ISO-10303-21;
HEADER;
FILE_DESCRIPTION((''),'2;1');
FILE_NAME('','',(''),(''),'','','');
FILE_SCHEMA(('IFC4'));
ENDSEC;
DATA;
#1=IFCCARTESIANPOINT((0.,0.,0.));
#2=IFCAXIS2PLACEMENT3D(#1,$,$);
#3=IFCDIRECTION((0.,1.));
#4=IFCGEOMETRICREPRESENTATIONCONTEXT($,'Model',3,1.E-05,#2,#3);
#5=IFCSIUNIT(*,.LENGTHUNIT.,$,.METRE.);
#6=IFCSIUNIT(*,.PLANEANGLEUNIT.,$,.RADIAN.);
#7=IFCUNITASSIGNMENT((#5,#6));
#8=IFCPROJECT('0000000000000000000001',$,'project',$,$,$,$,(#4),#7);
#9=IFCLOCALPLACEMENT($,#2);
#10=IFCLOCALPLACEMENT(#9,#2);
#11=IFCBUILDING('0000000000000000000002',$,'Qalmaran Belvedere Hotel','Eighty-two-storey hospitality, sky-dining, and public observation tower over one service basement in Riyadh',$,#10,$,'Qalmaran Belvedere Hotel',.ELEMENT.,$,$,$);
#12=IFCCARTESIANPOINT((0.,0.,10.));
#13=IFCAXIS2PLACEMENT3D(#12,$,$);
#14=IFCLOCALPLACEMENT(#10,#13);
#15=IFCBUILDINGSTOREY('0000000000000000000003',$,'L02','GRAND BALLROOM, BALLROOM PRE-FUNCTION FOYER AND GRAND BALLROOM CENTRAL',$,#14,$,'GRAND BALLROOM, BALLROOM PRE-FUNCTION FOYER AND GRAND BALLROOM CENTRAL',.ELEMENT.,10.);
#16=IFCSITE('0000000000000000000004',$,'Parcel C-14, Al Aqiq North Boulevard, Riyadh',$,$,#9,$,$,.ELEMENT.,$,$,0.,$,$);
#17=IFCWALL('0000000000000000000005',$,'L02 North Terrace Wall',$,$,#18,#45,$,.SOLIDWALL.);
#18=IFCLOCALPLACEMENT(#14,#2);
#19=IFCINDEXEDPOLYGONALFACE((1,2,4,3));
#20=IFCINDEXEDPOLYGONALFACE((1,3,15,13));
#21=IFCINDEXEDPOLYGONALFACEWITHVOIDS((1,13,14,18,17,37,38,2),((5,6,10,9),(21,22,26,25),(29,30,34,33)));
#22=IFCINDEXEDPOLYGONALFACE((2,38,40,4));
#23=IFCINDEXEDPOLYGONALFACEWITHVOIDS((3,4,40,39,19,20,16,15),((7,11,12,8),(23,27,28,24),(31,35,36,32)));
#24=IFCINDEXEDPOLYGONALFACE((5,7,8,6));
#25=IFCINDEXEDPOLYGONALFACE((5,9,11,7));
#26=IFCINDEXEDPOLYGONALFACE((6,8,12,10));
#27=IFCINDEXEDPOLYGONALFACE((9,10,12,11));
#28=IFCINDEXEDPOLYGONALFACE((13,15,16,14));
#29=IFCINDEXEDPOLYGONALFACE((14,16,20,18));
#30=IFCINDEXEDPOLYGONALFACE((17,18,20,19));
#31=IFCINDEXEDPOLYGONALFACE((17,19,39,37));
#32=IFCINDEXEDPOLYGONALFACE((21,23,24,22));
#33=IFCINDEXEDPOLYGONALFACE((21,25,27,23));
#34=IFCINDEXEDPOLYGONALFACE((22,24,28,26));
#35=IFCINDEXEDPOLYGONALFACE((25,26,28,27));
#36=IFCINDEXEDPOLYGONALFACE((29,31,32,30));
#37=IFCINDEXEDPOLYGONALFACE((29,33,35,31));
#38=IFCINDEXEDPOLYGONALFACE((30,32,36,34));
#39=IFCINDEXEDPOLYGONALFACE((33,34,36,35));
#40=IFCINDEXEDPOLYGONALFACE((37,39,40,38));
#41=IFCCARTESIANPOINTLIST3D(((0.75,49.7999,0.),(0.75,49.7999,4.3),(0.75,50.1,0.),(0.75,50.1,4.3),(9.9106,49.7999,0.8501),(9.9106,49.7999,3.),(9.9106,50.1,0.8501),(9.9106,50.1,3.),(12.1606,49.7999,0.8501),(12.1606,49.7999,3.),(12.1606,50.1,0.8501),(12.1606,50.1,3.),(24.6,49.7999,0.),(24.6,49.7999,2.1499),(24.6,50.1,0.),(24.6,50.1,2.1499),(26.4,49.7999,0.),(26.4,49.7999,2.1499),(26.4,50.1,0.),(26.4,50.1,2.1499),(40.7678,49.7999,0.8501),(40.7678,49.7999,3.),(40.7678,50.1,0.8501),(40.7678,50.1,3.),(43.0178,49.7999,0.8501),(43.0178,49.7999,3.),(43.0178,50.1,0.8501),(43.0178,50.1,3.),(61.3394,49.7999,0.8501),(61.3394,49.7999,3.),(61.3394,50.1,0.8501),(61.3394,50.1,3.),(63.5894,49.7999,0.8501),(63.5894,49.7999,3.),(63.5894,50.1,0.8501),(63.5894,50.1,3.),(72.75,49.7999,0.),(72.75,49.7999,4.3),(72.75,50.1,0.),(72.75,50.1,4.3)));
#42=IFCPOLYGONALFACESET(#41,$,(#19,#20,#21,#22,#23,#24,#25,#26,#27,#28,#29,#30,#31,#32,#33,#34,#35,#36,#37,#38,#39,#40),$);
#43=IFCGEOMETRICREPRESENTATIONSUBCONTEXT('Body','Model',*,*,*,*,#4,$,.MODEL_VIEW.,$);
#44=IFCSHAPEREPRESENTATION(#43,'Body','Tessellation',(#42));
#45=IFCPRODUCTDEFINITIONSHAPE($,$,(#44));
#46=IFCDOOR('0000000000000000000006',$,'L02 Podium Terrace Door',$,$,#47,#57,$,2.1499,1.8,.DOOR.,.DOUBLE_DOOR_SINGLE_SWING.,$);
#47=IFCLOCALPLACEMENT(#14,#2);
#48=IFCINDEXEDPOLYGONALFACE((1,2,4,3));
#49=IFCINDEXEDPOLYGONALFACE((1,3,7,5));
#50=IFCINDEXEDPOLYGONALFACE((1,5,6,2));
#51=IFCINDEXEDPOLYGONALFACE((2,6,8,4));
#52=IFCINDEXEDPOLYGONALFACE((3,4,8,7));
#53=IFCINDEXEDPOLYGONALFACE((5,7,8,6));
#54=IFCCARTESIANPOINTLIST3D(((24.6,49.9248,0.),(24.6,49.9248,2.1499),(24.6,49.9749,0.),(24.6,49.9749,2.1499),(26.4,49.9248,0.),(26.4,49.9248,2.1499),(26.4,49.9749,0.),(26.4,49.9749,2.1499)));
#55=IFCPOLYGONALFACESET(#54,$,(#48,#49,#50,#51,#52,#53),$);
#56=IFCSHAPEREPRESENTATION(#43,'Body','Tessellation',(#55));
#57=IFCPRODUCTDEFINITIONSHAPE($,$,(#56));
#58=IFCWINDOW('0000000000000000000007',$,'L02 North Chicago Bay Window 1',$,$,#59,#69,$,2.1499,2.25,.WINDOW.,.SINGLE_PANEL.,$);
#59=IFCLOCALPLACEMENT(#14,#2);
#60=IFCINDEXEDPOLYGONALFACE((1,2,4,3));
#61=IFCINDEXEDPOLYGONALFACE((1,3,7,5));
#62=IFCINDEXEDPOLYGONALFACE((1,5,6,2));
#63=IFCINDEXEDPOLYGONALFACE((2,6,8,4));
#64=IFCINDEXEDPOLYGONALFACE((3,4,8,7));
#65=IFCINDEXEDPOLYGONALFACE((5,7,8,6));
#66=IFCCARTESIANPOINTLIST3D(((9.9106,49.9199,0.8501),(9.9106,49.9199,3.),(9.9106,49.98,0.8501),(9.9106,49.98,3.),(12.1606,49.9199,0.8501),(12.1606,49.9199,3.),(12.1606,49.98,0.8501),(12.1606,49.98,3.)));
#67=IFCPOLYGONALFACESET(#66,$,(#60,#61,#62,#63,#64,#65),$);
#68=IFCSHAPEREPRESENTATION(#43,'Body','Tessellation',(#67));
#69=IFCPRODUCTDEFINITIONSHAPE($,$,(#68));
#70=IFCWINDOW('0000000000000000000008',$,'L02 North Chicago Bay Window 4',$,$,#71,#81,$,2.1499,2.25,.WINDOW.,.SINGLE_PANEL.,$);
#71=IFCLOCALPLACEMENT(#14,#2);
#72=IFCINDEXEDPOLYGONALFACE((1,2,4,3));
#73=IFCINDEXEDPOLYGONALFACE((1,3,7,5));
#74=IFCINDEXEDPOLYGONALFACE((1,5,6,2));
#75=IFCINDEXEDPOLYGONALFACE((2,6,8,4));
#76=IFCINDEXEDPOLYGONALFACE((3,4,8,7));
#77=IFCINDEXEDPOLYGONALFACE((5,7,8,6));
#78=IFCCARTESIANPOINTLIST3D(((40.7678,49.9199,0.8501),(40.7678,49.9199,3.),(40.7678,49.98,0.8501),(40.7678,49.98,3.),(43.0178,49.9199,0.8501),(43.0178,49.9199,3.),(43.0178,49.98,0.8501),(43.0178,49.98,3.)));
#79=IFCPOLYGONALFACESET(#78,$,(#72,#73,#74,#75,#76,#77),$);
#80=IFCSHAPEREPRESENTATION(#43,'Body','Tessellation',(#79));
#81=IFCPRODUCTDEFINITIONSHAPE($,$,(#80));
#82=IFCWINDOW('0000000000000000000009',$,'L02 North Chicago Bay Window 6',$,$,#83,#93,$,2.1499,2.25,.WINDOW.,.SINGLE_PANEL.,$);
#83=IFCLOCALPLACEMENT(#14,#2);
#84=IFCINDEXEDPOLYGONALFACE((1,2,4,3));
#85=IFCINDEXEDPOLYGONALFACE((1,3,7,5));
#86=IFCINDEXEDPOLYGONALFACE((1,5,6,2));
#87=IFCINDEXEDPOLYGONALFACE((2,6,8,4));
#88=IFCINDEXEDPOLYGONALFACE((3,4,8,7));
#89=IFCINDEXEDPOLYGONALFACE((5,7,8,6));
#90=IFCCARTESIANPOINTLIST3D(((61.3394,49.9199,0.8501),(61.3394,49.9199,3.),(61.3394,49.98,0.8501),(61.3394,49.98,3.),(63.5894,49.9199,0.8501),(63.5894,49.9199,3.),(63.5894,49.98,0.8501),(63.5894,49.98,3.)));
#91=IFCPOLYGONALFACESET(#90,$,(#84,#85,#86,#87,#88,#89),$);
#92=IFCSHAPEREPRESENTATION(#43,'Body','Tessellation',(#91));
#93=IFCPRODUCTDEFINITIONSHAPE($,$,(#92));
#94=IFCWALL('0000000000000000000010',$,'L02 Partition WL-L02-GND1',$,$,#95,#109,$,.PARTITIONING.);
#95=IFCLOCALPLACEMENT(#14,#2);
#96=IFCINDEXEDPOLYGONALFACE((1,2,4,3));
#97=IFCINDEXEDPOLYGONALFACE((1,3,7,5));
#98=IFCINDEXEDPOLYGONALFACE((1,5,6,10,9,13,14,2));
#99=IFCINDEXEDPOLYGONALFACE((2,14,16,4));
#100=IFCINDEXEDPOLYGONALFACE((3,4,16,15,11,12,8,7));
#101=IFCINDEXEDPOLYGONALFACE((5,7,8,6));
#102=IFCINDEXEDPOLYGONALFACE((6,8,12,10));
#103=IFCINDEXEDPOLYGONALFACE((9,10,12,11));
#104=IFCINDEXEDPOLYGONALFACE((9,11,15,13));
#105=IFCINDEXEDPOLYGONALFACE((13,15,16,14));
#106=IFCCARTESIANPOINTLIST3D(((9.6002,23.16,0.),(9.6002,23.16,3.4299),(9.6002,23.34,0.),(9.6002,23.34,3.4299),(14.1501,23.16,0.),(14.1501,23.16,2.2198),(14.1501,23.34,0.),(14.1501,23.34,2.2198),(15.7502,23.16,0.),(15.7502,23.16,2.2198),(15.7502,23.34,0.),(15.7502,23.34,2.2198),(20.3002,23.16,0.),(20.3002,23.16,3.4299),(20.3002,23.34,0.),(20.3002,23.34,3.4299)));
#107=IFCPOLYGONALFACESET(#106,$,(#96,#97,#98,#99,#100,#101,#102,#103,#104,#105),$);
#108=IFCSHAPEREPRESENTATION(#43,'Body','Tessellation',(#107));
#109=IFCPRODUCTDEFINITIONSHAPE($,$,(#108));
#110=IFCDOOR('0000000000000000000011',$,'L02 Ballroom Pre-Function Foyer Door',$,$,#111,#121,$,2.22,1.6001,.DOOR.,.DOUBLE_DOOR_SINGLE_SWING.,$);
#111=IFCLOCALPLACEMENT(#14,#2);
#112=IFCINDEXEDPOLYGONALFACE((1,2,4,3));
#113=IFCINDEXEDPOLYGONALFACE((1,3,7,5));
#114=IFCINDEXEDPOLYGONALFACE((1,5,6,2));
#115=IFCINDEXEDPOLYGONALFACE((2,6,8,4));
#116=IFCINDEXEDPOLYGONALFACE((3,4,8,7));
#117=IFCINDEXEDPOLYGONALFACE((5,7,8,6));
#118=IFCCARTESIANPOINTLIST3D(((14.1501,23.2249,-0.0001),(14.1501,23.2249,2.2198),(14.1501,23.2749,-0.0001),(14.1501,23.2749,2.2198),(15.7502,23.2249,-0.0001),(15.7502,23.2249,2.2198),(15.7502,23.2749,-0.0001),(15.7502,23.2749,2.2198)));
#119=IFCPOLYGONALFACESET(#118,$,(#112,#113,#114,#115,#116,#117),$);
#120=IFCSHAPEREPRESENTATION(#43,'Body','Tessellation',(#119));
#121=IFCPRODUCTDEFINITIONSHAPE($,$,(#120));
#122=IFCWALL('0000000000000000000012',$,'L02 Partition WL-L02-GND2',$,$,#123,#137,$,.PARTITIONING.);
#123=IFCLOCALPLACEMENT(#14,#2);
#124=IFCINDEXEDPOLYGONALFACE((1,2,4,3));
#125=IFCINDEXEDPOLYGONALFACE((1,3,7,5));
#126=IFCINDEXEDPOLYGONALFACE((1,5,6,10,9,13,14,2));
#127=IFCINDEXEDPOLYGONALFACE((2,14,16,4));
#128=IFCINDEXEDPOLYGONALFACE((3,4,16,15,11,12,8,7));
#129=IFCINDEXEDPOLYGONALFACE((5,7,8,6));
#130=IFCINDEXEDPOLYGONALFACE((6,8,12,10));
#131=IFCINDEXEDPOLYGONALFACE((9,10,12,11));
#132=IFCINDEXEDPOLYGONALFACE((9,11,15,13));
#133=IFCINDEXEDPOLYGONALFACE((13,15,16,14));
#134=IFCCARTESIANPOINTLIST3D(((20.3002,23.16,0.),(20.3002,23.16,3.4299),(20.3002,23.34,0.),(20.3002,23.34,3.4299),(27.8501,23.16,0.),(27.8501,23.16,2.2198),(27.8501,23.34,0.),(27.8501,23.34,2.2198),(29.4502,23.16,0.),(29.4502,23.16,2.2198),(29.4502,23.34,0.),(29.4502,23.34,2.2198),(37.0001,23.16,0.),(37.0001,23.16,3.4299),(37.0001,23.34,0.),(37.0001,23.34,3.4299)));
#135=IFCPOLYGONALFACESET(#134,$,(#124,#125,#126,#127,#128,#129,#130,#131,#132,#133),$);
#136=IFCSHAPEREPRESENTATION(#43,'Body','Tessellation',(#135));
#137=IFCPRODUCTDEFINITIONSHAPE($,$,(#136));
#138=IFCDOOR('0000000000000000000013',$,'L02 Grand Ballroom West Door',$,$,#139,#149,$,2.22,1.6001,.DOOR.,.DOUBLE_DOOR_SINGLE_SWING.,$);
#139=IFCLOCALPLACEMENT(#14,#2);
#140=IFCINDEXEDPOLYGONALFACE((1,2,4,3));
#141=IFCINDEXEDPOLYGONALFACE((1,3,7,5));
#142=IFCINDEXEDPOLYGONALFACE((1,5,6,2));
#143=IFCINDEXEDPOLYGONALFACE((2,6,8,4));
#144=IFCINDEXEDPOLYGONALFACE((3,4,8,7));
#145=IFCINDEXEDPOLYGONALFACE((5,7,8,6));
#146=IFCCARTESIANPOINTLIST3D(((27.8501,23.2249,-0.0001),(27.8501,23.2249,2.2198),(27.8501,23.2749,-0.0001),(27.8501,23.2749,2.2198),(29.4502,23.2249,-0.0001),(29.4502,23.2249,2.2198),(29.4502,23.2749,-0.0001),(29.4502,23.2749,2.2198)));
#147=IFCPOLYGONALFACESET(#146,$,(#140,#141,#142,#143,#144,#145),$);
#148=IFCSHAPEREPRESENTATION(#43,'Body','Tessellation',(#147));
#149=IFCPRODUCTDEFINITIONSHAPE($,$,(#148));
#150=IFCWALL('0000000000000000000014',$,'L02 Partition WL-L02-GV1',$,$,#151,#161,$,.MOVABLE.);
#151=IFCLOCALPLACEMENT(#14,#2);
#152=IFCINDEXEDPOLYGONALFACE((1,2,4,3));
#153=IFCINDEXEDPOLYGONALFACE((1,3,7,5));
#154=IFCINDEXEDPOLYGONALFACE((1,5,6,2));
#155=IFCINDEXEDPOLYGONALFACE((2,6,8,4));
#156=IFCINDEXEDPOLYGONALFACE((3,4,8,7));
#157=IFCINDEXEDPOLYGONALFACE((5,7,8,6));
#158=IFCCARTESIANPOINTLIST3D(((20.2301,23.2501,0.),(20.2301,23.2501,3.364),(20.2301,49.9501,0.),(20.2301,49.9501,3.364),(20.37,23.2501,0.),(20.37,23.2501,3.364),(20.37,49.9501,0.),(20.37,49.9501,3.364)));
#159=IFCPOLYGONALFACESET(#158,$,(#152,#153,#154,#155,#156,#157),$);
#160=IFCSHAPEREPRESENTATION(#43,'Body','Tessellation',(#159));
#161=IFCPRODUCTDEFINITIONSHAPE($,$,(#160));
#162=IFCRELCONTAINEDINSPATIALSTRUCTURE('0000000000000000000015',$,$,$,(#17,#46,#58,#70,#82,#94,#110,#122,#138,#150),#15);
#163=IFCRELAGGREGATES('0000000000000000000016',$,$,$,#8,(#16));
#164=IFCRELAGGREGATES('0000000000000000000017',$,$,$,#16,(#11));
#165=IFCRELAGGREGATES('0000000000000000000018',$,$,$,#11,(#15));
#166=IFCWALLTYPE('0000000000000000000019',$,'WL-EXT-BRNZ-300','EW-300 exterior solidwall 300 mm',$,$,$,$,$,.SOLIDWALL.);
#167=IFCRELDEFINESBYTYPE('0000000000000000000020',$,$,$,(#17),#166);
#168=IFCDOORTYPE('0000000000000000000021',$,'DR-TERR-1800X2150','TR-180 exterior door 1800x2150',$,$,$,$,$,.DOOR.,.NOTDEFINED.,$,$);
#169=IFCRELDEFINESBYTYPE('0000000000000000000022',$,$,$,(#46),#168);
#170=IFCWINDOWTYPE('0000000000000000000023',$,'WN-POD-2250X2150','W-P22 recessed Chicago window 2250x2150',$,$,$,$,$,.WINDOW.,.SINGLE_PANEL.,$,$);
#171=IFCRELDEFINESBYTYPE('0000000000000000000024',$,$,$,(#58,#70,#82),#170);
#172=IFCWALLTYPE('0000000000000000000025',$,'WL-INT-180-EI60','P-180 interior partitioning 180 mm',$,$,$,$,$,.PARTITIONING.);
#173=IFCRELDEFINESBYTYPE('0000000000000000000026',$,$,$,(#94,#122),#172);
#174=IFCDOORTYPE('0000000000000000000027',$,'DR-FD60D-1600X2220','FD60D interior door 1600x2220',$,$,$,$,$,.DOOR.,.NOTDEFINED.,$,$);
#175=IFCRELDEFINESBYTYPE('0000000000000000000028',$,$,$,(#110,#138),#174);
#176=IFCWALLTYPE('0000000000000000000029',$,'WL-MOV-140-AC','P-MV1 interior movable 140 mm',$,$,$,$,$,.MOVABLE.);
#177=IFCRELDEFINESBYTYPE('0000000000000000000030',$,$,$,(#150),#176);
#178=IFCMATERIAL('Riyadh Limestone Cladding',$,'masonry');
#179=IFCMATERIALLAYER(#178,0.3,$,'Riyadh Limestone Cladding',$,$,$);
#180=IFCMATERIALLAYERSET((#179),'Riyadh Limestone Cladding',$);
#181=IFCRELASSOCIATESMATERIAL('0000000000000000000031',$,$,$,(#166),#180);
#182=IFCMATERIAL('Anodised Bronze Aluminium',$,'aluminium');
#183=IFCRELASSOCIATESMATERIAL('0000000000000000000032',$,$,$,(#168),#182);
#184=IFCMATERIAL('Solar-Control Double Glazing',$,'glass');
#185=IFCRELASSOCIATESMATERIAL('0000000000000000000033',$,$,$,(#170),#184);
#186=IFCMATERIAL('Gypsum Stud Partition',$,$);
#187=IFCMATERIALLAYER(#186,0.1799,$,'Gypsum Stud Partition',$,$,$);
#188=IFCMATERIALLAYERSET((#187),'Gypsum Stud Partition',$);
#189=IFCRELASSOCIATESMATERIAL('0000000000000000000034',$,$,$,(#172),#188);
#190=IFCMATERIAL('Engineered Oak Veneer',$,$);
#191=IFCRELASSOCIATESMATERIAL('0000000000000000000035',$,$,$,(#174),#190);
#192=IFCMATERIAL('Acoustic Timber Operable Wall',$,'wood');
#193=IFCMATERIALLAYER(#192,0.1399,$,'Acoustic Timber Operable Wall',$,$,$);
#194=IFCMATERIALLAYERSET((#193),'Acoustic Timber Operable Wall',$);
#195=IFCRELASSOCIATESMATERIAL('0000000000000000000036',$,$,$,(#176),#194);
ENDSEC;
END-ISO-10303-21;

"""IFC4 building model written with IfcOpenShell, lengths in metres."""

from ifc_helpers import new_model, si_unit, direction, frame, frame_2d, origin, place, context, subcontext, project, spatial, rectangle, extrude, material, layer, layer_set, type_object, element, fill, save


model = new_model("IFC4")

# Units and contexts
model_context = context("Model", 3, precision=1e-05, world=origin(), true_north=direction((0.0, 1.0)))
body_context = subcontext(model_context, "Body", "Model", "MODEL_VIEW")
ifc_project = project(units=[si_unit("LENGTHUNIT", "METRE"), si_unit("PLANEANGLEUNIT", "RADIAN")], contexts=[model_context])

# Site, building, storey
site_placement = place(None, origin())
site = spatial("IfcSite", under=ifc_project, at=site_placement, Name="Parcel C-14, Al Aqiq North Boulevard, Riyadh", CompositionType="ELEMENT", RefElevation=0.0)
building_placement = place(site_placement, origin())
building = spatial("IfcBuilding", under=site, at=building_placement, Name="Qalmaran Belvedere Hotel", Description="Eighty-two-storey hospitality, sky-dining, and public observation tower over one service basement in Riyadh", LongName="Qalmaran Belvedere Hotel", CompositionType="ELEMENT")
storey_placement = place(building_placement, frame((0.0, 0.0, 10.0)))
storey = spatial("IfcBuildingStorey", under=building, at=storey_placement, Name="L02", Description="GRAND BALLROOM, BALLROOM PRE-FUNCTION FOYER AND GRAND BALLROOM CENTRAL", LongName="GRAND BALLROOM, BALLROOM PRE-FUNCTION FOYER AND GRAND BALLROOM CENTRAL", CompositionType="ELEMENT", Elevation=10.0)

# Shared definitions
ifc_material_1 = material(Name="Anodised Bronze Aluminium", Category="aluminium")

# Wall, openings, door, windows
ifc_material_2 = material(Name="Riyadh Limestone Cladding", Category="masonry")
ifc_layer_1 = layer(ifc_material_2, 0.3, Name="Riyadh Limestone Cladding")
ifc_layer_set_1 = layer_set([ifc_layer_1], Name="Riyadh Limestone Cladding")
wall_type_1 = type_object("IfcWallType", Name="WL-EXT-BRNZ-300", Description="EW-300 exterior solidwall 300 mm", PredefinedType="SOLIDWALL", material=ifc_layer_set_1)
wall_1_placement = place(storey_placement, frame((0.75, 49.95, 0.0), z_axis=(0.0, 0.0, 1.0), x_axis=(1.0, 0.0, 0.0)))
wall_1 = element("IfcWall", 1, at=wall_1_placement, inside=storey, type_object=wall_type_1, Name="L02 North Terrace Wall", PredefinedType="SOLIDWALL", context=body_context, shape_type="SweptSolid", body=[
    extrude(rectangle(XDim=72.0, YDim=0.3, at=frame_2d((36.0, 0.0))), origin(), (0.0, 0.0, 1.0), 4.3),
])
opening_1_placement = place(wall_1_placement, frame((23.8501, 0.0, 0.0)))
opening_1 = element("IfcOpeningElement", 2, at=opening_1_placement, cuts=wall_1, PredefinedType="OPENING", context=body_context, shape_type="SweptSolid", body=[
    extrude(rectangle(XDim=1.8, YDim=2.1499, at=frame_2d((0.8999, 1.075))), frame((0.0, 0.1602, 0.0), z_axis=(0.0, -1.0, 0.0), x_axis=(1.0, 0.0, 0.0)), (0.0, 0.0, 1.0), 0.3201),
])
opening_2_placement = place(wall_1_placement, frame((9.1606, 0.0, 0.8501)))
opening_2 = element("IfcOpeningElement", 3, at=opening_2_placement, cuts=wall_1, PredefinedType="OPENING", context=body_context, shape_type="SweptSolid", body=[
    extrude(rectangle(XDim=2.25, YDim=2.1499, at=frame_2d((1.125, 1.075))), frame((0.0, 0.1602, 0.0), z_axis=(0.0, -1.0, 0.0), x_axis=(1.0, 0.0, 0.0)), (0.0, 0.0, 1.0), 0.3201),
])
opening_3_placement = place(wall_1_placement, frame((40.0178, 0.0, 0.8501)))
opening_3 = element("IfcOpeningElement", 4, at=opening_3_placement, cuts=wall_1, PredefinedType="OPENING", context=body_context, shape_type="SweptSolid", body=[
    extrude(rectangle(XDim=2.25, YDim=2.1499, at=frame_2d((1.125, 1.075))), frame((0.0, 0.1602, 0.0), z_axis=(0.0, -1.0, 0.0), x_axis=(1.0, 0.0, 0.0)), (0.0, 0.0, 1.0), 0.3201),
])
opening_4_placement = place(wall_1_placement, frame((60.5894, 0.0, 0.8501)))
opening_4 = element("IfcOpeningElement", 5, at=opening_4_placement, cuts=wall_1, PredefinedType="OPENING", context=body_context, shape_type="SweptSolid", body=[
    extrude(rectangle(XDim=2.25, YDim=2.1499, at=frame_2d((1.125, 1.075))), frame((0.0, 0.1602, 0.0), z_axis=(0.0, -1.0, 0.0), x_axis=(1.0, 0.0, 0.0)), (0.0, 0.0, 1.0), 0.3201),
])
door_type_1 = type_object("IfcDoorType", Name="DR-TERR-1800X2150", Description="TR-180 exterior door 1800x2150", OperationType="NOTDEFINED", PredefinedType="DOOR", material=ifc_material_1)
door_1_placement = place(opening_1_placement, origin())
door_1 = element("IfcDoor", 6, at=door_1_placement, inside=storey, type_object=door_type_1, Name="L02 Podium Terrace Door", OperationType="DOUBLE_DOOR_SINGLE_SWING", OverallHeight=2.1499, OverallWidth=1.8, PredefinedType="DOOR", context=body_context, shape_type="SweptSolid", body=[
    extrude(rectangle(XDim=1.8, YDim=2.1499, at=frame_2d((0.8999, 1.075))), frame((0.0, 0.0249, 0.0), z_axis=(0.0, -1.0, 0.0), x_axis=(1.0, 0.0, 0.0)), (0.0, 0.0, 1.0), 0.05),
])
fill(opening_1, door_1)
ifc_material_3 = material(Name="Solar-Control Double Glazing", Category="glass")
window_type = type_object("IfcWindowType", Name="WN-POD-2250X2150", Description="W-P22 recessed Chicago window 2250x2150", PartitioningType="SINGLE_PANEL", PredefinedType="WINDOW", material=ifc_material_3)
window_1_placement = place(opening_2_placement, origin())
window_1 = element("IfcWindow", 7, at=window_1_placement, inside=storey, type_object=window_type, Name="L02 North Chicago Bay Window 1", OverallHeight=2.1499, OverallWidth=2.25, PartitioningType="SINGLE_PANEL", PredefinedType="WINDOW", context=body_context, shape_type="SweptSolid", body=[
    extrude(rectangle(XDim=2.25, YDim=2.1499, at=frame_2d((1.125, 1.075))), frame((0.0, 0.03, 0.0), z_axis=(0.0, -1.0, 0.0), x_axis=(1.0, 0.0, 0.0)), (0.0, 0.0, 1.0), 0.0601),
])
fill(opening_2, window_1)
window_2_placement = place(opening_3_placement, origin())
window_2 = element("IfcWindow", 8, at=window_2_placement, inside=storey, type_object=window_type, Name="L02 North Chicago Bay Window 4", OverallHeight=2.1499, OverallWidth=2.25, PartitioningType="SINGLE_PANEL", PredefinedType="WINDOW", context=body_context, shape_type="SweptSolid", body=[
    extrude(rectangle(XDim=2.25, YDim=2.1499, at=frame_2d((1.125, 1.075))), frame((0.0, 0.03, 0.0), z_axis=(0.0, -1.0, 0.0), x_axis=(1.0, 0.0, 0.0)), (0.0, 0.0, 1.0), 0.0601),
])
fill(opening_3, window_2)
window_3_placement = place(opening_4_placement, origin())
window_3 = element("IfcWindow", 9, at=window_3_placement, inside=storey, type_object=window_type, Name="L02 North Chicago Bay Window 6", OverallHeight=2.1499, OverallWidth=2.25, PartitioningType="SINGLE_PANEL", PredefinedType="WINDOW", context=body_context, shape_type="SweptSolid", body=[
    extrude(rectangle(XDim=2.25, YDim=2.1499, at=frame_2d((1.125, 1.075))), frame((0.0, 0.03, 0.0), z_axis=(0.0, -1.0, 0.0), x_axis=(1.0, 0.0, 0.0)), (0.0, 0.0, 1.0), 0.0601),
])
fill(opening_4, window_3)

# Walls, openings, doors
ifc_material_4 = material(Name="Gypsum Stud Partition")
ifc_layer_2 = layer(ifc_material_4, 0.1799, Name="Gypsum Stud Partition")
ifc_layer_set_2 = layer_set([ifc_layer_2], Name="Gypsum Stud Partition")
wall_type_2 = type_object("IfcWallType", Name="WL-INT-180-EI60", Description="P-180 interior partitioning 180 mm", PredefinedType="PARTITIONING", material=ifc_layer_set_2)
wall_2_placement = place(storey_placement, frame((9.6001, 23.25, 0.0), z_axis=(0.0, 0.0, 1.0), x_axis=(1.0, 0.0, 0.0)))
wall_2 = element("IfcWall", 10, at=wall_2_placement, inside=storey, type_object=wall_type_2, Name="L02 Partition WL-L02-GND1", PredefinedType="PARTITIONING", context=body_context, shape_type="SweptSolid", body=[
    extrude(rectangle(XDim=10.7, YDim=0.1799, at=frame_2d((5.3501, 0.0))), origin(), (0.0, 0.0, 1.0), 3.4299),
])
opening_5_placement = place(wall_2_placement, frame((4.55, 0.0, 0.0)))
opening_5 = element("IfcOpeningElement", 11, at=opening_5_placement, cuts=wall_2, PredefinedType="OPENING", context=body_context, shape_type="SweptSolid", body=[
    extrude(rectangle(XDim=1.6001, YDim=2.22, at=frame_2d((0.8, 1.1099))), frame((0.0, 0.1001, 0.0), z_axis=(0.0, -1.0, 0.0), x_axis=(1.0, 0.0, 0.0)), (0.0, 0.0, 1.0), 0.2),
])
ifc_material_5 = material(Name="Engineered Oak Veneer")
door_type_2 = type_object("IfcDoorType", Name="DR-FD60D-1600X2220", Description="FD60D interior door 1600x2220", OperationType="NOTDEFINED", PredefinedType="DOOR", material=ifc_material_5)
door_2_placement = place(opening_5_placement, origin())
door_2 = element("IfcDoor", 12, at=door_2_placement, inside=storey, type_object=door_type_2, Name="L02 Ballroom Pre-Function Foyer Door", OperationType="DOUBLE_DOOR_SINGLE_SWING", OverallHeight=2.22, OverallWidth=1.6001, PredefinedType="DOOR", context=body_context, shape_type="SweptSolid", body=[
    extrude(rectangle(XDim=1.6001, YDim=2.22, at=frame_2d((0.8, 1.1099))), frame((0.0, 0.0249, 0.0), z_axis=(0.0, -1.0, 0.0), x_axis=(1.0, 0.0, 0.0)), (0.0, 0.0, 1.0), 0.05),
])
fill(opening_5, door_2)
wall_3_placement = place(storey_placement, frame((20.3, 23.25, 0.0), z_axis=(0.0, 0.0, 1.0), x_axis=(1.0, 0.0, 0.0)))
wall_3 = element("IfcWall", 13, at=wall_3_placement, inside=storey, type_object=wall_type_2, Name="L02 Partition WL-L02-GND2", PredefinedType="PARTITIONING", context=body_context, shape_type="SweptSolid", body=[
    extrude(rectangle(XDim=16.7, YDim=0.1799, at=frame_2d((8.3501, 0.0))), origin(), (0.0, 0.0, 1.0), 3.4299),
])
opening_6_placement = place(wall_3_placement, frame((7.55, 0.0, 0.0)))
opening_6 = element("IfcOpeningElement", 14, at=opening_6_placement, cuts=wall_3, PredefinedType="OPENING", context=body_context, shape_type="SweptSolid", body=[
    extrude(rectangle(XDim=1.6001, YDim=2.22, at=frame_2d((0.8, 1.1099))), frame((0.0, 0.1001, 0.0), z_axis=(0.0, -1.0, 0.0), x_axis=(1.0, 0.0, 0.0)), (0.0, 0.0, 1.0), 0.2),
])
door_3_placement = place(opening_6_placement, origin())
door_3 = element("IfcDoor", 15, at=door_3_placement, inside=storey, type_object=door_type_2, Name="L02 Grand Ballroom West Door", OperationType="DOUBLE_DOOR_SINGLE_SWING", OverallHeight=2.22, OverallWidth=1.6001, PredefinedType="DOOR", context=body_context, shape_type="SweptSolid", body=[
    extrude(rectangle(XDim=1.6001, YDim=2.22, at=frame_2d((0.8, 1.1099))), frame((0.0, 0.0249, 0.0), z_axis=(0.0, -1.0, 0.0), x_axis=(1.0, 0.0, 0.0)), (0.0, 0.0, 1.0), 0.05),
])
fill(opening_6, door_3)

# Wall
ifc_material_6 = material(Name="Acoustic Timber Operable Wall", Category="wood")
ifc_layer_3 = layer(ifc_material_6, 0.1399, Name="Acoustic Timber Operable Wall")
ifc_layer_set_3 = layer_set([ifc_layer_3], Name="Acoustic Timber Operable Wall")
wall_type_3 = type_object("IfcWallType", Name="WL-MOV-140-AC", Description="P-MV1 interior movable 140 mm", PredefinedType="MOVABLE", material=ifc_layer_set_3)
wall_4_placement = place(storey_placement, frame((20.3, 23.25, 0.0), z_axis=(0.0, 0.0, 1.0), x_axis=(0.0, 1.0, 0.0)))
element("IfcWall", 16, at=wall_4_placement, inside=storey, type_object=wall_type_3, Name="L02 Partition WL-L02-GV1", PredefinedType="MOVABLE", context=body_context, shape_type="SweptSolid", body=[
    extrude(rectangle(XDim=26.7, YDim=0.1399, at=frame_2d((13.3501, 0.0))), origin(), (0.0, 0.0, 1.0), 3.364),
])

save(model, "model.ifc")
